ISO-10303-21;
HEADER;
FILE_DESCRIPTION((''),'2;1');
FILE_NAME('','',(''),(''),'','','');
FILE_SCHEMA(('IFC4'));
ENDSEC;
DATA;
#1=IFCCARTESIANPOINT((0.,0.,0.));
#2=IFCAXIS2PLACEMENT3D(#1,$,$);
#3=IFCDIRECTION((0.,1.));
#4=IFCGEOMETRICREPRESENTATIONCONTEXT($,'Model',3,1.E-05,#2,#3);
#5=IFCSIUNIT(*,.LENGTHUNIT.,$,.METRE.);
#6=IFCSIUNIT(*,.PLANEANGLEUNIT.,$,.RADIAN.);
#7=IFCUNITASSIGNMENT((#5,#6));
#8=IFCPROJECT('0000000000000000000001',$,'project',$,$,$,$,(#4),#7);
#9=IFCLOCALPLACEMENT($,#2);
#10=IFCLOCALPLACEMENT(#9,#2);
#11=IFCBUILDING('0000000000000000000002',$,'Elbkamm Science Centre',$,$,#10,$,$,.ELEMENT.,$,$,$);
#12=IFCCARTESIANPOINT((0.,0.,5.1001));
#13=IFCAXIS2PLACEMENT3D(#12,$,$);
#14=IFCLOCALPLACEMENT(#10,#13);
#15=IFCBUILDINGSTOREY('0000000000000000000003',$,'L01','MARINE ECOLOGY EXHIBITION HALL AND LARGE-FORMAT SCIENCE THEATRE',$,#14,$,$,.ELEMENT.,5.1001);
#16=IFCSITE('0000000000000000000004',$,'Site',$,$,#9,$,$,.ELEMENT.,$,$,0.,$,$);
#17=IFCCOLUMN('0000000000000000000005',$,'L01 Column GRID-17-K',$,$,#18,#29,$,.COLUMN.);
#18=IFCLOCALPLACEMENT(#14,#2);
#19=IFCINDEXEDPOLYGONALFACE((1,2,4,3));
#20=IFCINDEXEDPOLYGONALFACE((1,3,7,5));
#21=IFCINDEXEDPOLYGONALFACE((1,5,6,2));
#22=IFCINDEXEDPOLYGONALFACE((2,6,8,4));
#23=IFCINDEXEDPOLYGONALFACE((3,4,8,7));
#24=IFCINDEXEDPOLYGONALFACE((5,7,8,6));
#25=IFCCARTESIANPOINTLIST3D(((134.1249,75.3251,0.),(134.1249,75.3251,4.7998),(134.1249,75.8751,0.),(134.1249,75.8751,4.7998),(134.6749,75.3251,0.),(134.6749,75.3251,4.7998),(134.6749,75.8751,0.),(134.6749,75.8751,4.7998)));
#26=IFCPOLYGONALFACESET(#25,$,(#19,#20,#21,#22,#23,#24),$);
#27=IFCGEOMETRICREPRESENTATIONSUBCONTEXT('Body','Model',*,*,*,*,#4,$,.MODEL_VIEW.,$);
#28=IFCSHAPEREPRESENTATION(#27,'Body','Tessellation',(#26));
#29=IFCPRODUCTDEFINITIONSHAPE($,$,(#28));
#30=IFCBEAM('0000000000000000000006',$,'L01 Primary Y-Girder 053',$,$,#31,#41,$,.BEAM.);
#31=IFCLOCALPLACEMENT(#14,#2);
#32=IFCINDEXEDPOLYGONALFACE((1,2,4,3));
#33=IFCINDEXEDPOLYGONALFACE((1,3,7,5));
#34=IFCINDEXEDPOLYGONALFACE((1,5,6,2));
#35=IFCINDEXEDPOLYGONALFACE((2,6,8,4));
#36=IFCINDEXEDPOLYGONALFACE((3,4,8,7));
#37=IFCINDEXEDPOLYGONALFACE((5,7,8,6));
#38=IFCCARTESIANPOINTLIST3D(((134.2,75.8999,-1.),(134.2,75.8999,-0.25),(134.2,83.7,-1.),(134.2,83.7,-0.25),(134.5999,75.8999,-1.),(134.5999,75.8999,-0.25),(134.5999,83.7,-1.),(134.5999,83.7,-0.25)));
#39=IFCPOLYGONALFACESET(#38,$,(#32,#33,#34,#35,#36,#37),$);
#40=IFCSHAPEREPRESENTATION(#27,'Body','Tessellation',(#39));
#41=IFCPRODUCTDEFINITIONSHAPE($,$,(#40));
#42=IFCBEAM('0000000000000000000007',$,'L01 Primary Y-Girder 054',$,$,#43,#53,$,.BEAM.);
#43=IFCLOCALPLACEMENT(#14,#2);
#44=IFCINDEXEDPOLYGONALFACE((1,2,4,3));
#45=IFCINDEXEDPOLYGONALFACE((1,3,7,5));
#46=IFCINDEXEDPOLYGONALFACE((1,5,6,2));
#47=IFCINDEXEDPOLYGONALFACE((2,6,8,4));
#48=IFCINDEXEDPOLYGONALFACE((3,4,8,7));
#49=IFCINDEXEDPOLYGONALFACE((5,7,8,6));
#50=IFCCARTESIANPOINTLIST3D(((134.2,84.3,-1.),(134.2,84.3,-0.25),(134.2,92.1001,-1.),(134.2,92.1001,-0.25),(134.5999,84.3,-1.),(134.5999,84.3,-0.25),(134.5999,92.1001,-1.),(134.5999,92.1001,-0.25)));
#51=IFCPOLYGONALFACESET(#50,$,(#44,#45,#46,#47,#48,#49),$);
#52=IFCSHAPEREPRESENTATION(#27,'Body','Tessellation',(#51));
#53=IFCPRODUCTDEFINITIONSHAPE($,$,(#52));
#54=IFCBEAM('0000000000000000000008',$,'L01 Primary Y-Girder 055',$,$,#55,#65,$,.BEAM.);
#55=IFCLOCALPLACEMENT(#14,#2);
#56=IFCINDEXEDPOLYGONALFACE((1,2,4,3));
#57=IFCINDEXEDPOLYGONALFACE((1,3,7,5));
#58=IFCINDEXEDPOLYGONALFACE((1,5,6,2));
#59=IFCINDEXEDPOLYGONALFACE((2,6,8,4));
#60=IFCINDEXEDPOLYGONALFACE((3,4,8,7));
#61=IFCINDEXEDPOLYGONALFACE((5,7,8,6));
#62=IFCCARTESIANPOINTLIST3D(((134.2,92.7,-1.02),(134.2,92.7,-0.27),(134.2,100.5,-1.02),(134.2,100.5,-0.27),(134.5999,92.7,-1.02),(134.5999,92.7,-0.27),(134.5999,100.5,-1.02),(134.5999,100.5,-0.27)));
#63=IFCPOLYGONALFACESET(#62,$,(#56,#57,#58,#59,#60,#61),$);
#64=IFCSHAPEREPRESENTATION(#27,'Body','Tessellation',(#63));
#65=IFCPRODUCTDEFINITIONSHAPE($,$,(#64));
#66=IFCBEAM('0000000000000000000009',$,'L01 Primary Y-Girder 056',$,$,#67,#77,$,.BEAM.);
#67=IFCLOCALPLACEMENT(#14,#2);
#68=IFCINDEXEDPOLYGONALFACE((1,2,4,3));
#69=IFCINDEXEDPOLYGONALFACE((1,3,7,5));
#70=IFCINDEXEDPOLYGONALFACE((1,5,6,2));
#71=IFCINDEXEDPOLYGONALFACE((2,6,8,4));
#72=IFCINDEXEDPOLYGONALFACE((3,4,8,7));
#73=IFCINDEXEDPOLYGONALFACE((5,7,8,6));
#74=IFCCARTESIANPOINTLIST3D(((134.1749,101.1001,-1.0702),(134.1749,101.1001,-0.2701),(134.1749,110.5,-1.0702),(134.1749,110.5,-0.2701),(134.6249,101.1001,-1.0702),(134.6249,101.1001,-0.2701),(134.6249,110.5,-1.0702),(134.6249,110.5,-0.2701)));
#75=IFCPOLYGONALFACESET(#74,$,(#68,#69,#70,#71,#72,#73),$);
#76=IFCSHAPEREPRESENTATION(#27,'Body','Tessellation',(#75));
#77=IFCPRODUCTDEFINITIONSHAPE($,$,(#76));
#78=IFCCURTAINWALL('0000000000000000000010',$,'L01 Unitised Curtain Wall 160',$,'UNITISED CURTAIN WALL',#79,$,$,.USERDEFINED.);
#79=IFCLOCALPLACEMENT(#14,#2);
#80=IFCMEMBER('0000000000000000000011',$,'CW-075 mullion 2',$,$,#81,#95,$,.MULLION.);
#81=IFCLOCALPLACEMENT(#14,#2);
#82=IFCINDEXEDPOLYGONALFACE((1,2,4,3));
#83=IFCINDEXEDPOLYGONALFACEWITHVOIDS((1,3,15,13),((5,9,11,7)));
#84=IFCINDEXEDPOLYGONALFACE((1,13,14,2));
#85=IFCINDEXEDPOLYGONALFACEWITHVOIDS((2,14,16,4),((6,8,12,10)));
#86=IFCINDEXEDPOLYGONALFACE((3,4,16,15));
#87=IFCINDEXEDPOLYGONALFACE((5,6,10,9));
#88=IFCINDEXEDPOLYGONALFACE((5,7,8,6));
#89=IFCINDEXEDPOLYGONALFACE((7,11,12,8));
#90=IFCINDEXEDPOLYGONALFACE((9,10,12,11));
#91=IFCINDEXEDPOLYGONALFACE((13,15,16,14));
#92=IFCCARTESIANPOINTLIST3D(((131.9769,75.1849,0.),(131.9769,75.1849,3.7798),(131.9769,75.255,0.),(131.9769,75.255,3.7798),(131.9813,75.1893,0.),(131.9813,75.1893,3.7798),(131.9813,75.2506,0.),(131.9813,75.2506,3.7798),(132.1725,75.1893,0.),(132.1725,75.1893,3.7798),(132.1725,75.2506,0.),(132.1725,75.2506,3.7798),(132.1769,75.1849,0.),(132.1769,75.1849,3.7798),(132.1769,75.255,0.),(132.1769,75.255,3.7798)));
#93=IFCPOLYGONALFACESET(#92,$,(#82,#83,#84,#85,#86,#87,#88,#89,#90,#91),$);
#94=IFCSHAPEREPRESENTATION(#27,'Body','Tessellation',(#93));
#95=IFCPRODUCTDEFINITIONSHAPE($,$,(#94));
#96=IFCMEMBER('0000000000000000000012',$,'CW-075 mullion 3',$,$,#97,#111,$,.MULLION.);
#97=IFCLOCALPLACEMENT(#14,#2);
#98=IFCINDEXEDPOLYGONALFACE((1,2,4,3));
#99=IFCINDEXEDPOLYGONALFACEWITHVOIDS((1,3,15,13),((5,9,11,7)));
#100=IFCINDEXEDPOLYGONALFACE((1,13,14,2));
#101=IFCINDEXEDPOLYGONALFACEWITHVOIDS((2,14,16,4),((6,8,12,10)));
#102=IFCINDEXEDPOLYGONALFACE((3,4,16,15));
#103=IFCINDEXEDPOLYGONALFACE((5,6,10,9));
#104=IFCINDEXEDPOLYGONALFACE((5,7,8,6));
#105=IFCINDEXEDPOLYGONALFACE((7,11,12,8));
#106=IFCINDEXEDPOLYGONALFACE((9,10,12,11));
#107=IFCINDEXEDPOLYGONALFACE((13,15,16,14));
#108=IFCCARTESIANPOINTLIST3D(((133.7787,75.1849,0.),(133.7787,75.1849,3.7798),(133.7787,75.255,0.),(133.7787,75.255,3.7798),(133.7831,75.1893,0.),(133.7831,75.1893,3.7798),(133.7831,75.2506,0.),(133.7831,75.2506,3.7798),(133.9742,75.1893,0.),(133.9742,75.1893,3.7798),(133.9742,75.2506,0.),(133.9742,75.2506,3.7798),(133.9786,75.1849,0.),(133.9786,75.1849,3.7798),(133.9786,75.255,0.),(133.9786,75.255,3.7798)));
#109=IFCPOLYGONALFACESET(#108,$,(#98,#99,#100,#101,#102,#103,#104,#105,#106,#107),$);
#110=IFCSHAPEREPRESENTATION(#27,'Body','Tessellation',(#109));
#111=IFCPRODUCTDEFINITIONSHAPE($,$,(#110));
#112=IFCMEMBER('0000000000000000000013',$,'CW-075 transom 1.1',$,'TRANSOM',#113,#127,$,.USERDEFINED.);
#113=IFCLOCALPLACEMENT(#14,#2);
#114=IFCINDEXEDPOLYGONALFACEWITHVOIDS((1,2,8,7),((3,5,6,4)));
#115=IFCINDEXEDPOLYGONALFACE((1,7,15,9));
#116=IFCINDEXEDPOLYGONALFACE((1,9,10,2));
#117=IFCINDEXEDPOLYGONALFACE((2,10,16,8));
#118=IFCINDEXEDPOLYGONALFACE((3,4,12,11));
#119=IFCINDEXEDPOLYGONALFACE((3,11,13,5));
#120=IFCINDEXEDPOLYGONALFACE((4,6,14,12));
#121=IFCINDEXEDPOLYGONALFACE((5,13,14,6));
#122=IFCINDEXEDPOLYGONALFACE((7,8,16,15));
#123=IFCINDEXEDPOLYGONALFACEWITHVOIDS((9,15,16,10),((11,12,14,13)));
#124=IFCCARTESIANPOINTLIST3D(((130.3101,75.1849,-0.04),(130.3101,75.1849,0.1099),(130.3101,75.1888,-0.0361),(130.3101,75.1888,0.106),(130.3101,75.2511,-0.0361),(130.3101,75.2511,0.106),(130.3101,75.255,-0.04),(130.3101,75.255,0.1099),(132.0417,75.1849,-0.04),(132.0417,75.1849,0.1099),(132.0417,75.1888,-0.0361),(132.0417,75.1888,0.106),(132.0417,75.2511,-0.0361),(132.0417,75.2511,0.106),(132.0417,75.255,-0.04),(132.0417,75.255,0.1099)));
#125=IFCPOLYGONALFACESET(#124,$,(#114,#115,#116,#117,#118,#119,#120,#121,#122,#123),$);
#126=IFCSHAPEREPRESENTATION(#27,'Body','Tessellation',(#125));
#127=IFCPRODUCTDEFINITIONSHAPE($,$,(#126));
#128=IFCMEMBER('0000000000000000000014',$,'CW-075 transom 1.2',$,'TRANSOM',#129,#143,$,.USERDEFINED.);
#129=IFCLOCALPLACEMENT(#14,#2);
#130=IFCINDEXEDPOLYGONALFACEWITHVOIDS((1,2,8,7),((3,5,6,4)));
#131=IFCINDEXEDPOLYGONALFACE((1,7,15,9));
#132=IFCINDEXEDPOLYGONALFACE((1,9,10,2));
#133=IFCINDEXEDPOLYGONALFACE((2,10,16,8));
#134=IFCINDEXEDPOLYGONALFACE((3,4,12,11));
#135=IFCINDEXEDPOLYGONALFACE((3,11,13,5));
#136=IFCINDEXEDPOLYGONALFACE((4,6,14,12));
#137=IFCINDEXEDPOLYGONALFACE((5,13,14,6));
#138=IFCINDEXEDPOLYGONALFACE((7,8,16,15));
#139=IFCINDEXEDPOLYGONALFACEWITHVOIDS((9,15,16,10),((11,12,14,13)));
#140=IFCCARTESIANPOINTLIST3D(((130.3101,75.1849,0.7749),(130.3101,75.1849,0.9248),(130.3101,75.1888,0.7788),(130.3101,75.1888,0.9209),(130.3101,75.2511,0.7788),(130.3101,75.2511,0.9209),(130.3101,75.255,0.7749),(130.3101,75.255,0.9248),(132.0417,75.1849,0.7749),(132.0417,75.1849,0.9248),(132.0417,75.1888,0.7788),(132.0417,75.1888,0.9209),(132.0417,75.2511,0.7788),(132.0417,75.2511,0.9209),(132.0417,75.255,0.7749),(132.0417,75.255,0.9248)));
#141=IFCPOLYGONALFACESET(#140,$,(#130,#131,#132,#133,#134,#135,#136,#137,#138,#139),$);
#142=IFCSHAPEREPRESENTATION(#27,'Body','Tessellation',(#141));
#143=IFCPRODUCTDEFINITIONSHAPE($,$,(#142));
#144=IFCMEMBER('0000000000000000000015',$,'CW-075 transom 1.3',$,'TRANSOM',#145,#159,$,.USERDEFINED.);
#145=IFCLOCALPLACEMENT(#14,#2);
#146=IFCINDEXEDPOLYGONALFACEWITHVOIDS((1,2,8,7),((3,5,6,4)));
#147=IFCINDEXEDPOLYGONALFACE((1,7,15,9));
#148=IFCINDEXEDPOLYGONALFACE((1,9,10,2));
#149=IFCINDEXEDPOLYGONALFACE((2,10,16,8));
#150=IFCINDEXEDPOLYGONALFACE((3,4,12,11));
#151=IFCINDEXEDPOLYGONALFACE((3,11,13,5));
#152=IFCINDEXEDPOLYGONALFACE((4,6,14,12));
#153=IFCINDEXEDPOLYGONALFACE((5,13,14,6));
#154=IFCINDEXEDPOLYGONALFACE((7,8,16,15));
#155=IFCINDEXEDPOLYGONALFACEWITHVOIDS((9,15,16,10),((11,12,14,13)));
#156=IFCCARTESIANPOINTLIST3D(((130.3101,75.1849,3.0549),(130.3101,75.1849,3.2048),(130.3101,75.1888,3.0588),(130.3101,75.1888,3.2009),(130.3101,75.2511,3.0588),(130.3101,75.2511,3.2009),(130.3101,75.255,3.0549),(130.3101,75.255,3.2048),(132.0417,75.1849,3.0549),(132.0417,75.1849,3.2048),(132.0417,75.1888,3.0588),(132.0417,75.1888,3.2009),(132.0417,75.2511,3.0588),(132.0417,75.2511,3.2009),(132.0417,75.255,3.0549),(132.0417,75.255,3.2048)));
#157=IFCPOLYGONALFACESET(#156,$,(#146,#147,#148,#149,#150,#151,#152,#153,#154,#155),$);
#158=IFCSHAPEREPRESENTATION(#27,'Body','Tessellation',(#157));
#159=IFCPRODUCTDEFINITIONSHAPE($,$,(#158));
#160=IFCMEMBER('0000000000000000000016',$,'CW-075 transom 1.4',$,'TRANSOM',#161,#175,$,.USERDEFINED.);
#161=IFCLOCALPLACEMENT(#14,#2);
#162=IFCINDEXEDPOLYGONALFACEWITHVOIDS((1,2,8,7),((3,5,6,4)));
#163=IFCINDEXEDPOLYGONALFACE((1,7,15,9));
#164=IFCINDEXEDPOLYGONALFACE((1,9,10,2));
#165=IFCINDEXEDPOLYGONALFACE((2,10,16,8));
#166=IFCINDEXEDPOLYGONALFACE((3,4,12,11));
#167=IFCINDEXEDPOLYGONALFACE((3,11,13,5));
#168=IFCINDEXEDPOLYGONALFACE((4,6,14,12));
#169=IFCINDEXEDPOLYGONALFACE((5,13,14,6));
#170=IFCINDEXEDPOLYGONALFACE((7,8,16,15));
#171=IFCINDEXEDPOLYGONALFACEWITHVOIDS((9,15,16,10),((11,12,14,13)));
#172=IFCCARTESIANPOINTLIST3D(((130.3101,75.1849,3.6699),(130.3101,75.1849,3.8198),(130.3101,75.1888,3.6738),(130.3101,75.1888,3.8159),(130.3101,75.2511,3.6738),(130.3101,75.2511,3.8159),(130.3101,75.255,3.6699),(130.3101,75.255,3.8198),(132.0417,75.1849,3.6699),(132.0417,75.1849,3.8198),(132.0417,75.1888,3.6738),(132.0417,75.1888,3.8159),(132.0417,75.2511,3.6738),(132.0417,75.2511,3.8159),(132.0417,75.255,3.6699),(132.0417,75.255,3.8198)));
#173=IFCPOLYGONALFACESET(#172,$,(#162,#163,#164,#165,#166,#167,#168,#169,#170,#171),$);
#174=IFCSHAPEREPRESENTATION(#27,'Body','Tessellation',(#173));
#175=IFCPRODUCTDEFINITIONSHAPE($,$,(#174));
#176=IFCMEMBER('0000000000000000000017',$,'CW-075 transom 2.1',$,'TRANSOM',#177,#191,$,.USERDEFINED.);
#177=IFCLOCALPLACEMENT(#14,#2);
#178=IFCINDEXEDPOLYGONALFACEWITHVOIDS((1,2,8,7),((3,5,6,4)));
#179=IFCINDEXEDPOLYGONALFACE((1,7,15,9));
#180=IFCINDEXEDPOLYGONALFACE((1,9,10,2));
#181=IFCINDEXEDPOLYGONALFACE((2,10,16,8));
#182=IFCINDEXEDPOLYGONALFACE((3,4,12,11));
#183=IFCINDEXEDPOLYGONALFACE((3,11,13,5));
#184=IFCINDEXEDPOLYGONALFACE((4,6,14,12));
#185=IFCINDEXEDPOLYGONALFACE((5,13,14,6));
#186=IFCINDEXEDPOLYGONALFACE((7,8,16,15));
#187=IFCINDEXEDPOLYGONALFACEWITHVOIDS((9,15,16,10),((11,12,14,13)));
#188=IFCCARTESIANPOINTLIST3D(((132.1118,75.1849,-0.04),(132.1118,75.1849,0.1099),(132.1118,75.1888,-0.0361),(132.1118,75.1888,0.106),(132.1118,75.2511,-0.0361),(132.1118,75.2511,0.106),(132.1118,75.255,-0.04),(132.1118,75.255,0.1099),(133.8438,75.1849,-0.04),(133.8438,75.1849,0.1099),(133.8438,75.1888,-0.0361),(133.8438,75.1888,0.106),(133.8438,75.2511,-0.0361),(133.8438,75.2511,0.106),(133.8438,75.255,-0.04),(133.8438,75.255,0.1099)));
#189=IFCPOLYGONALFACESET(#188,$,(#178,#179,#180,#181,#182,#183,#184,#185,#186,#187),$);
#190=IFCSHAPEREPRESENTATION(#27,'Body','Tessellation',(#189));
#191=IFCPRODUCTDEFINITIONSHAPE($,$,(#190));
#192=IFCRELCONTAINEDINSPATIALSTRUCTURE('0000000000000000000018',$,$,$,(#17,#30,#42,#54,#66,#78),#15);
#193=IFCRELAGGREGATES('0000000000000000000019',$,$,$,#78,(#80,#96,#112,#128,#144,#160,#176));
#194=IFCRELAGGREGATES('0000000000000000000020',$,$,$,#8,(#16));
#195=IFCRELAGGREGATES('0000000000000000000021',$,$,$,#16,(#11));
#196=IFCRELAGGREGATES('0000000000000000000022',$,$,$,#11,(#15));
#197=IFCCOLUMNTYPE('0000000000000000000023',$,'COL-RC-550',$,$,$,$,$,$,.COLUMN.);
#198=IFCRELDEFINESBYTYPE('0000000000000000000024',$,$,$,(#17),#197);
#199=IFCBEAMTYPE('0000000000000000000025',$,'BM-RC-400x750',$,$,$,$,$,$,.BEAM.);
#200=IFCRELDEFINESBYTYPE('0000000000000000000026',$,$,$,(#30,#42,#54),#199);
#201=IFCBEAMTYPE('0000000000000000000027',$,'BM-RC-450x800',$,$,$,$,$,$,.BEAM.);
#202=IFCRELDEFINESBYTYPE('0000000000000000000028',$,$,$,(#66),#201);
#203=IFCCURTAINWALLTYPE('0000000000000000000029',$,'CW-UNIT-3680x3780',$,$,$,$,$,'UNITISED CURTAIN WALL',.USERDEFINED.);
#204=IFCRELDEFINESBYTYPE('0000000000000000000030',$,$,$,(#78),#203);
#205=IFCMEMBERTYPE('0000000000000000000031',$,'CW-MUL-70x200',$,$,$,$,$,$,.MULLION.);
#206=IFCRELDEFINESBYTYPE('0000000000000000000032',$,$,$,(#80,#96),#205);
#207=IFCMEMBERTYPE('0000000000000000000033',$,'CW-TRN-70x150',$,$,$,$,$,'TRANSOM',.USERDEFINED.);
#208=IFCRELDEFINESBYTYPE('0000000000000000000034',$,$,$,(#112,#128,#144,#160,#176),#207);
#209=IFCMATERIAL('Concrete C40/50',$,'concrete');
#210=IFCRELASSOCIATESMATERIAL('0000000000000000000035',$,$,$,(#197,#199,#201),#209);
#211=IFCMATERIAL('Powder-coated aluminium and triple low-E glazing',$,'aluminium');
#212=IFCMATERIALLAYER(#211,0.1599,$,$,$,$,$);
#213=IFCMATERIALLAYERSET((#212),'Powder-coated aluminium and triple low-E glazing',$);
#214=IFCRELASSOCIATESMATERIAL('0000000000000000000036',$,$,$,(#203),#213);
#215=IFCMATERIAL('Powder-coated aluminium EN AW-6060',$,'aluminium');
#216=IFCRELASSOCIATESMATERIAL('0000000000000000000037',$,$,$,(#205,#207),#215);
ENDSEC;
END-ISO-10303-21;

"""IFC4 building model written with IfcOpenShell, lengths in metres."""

from ifc_helpers import new_model, si_unit, direction, frame, origin, origin_2d, place, context, subcontext, project, spatial, rectangle, hollow_rectangle, extrude, material, layer, layer_set, material_profile, profile_set, type_object, element, aggregate, save


model = new_model("IFC4")

# Units and contexts
model_context = context("Model", 3, precision=1e-05, world=origin(), true_north=direction((0.0, 1.0)))
body_context = subcontext(model_context, "Body", "Model", "MODEL_VIEW")
ifc_project = project(units=[si_unit("LENGTHUNIT", "METRE"), si_unit("PLANEANGLEUNIT", "RADIAN")], contexts=[model_context])

# Site, building, storey
site_placement = place(None, origin())
site = spatial("IfcSite", under=ifc_project, at=site_placement, Name="Site", CompositionType="ELEMENT", RefElevation=0.0)
building_placement = place(site_placement, origin())
building = spatial("IfcBuilding", under=site, at=building_placement, Name="Elbkamm Science Centre", CompositionType="ELEMENT")
storey_placement = place(building_placement, frame((0.0, 0.0, 5.1001)))
storey = spatial("IfcBuildingStorey", under=building, at=storey_placement, Name="L01", Description="MARINE ECOLOGY EXHIBITION HALL AND LARGE-FORMAT SCIENCE THEATRE", CompositionType="ELEMENT", Elevation=5.1001)

# Column
ifc_material_1 = material(Name="Concrete C40/50", Category="concrete")
ifc_material_profile_1 = material_profile(ifc_material_1, rectangle(XDim=0.55, YDim=0.55, at=origin_2d()), Name="RC 550x550")
ifc_profile_set_1 = profile_set([ifc_material_profile_1], Name="Concrete C40/50")
column_type = type_object("IfcColumnType", Name="COL-RC-550", PredefinedType="COLUMN", material=ifc_profile_set_1)
column_placement = place(storey_placement, frame((134.3999, 75.6001, 0.0), z_axis=(0.0, 0.0, 1.0), x_axis=(1.0, 0.0, 0.0)))
element("IfcColumn", 1, at=column_placement, inside=storey, type_object=column_type, Name="L01 Column GRID-17-K", PredefinedType="COLUMN", context=body_context, shape_type="SweptSolid", body=[
    extrude(rectangle(XDim=0.55, YDim=0.55, at=origin_2d()), origin(), (0.0, 0.0, 1.0), 4.7998),
])

# Beams
ifc_material_profile_2 = material_profile(ifc_material_1, rectangle(XDim=0.3999, YDim=0.75, at=origin_2d()), Name="RC 400x750")
ifc_profile_set_2 = profile_set([ifc_material_profile_2], Name="Concrete C40/50")
beam_type_1 = type_object("IfcBeamType", Name="BM-RC-400x750", PredefinedType="BEAM", material=ifc_profile_set_2)
for number, where, z_axis, x_axis, name in (
    (2, (134.3999, 75.8999, -0.625), (0.0, 1.0, 0.0), (-1.0, 0.0, 0.0), "L01 Primary Y-Girder 053"),
    (3, (134.3999, 84.3, -0.625), (0.0, 1.0, 0.0), (-1.0, 0.0, 0.0), "L01 Primary Y-Girder 054"),
    (4, (134.3999, 92.7, -0.645), (0.0, 1.0, 0.0), (-1.0, 0.0, 0.0), "L01 Primary Y-Girder 055"),
):
    element("IfcBeam", number, at=place(storey_placement, frame(where, z_axis=z_axis, x_axis=x_axis)), inside=storey, type_object=beam_type_1, Name=name, PredefinedType="BEAM", context=body_context, shape_type="SweptSolid", body=[
        extrude(rectangle(XDim=0.3999, YDim=0.75, at=origin_2d()), origin(), (0.0, 0.0, 1.0), 7.8),
    ])
ifc_material_profile_3 = material_profile(ifc_material_1, rectangle(XDim=0.45, YDim=0.8, at=origin_2d()), Name="RC 450x800")
ifc_profile_set_3 = profile_set([ifc_material_profile_3], Name="Concrete C40/50")
beam_type_2 = type_object("IfcBeamType", Name="BM-RC-450x800", PredefinedType="BEAM", material=ifc_profile_set_3)
beam_placement = place(storey_placement, frame((134.3999, 101.1001, -0.6702), z_axis=(0.0, 1.0, 0.0), x_axis=(-1.0, 0.0, 0.0)))
element("IfcBeam", 5, at=beam_placement, inside=storey, type_object=beam_type_2, Name="L01 Primary Y-Girder 056", PredefinedType="BEAM", context=body_context, shape_type="SweptSolid", body=[
    extrude(rectangle(XDim=0.45, YDim=0.8, at=origin_2d()), origin(), (0.0, 0.0, 1.0), 9.3999),
])

# Curtain wall, members
ifc_material_2 = material(Name="Powder-coated aluminium and triple low-E glazing", Category="aluminium")
ifc_layer_1 = layer(ifc_material_2, 0.1599)
ifc_layer_set_1 = layer_set([ifc_layer_1], Name="Powder-coated aluminium and triple low-E glazing")
curtain_wall_type = type_object("IfcCurtainWallType", Name="CW-UNIT-3680x3780", ElementType="UNITISED CURTAIN WALL", PredefinedType="USERDEFINED", material=ifc_layer_set_1)
curtain_wall_placement = place(storey_placement, origin())
curtain_wall = element("IfcCurtainWall", 6, at=curtain_wall_placement, inside=storey, type_object=curtain_wall_type, Name="L01 Unitised Curtain Wall 160", ObjectType="UNITISED CURTAIN WALL", PredefinedType="USERDEFINED")
ifc_material_3 = material(Name="Powder-coated aluminium EN AW-6060", Category="aluminium")
ifc_material_profile_4 = material_profile(ifc_material_3, hollow_rectangle(XDim=0.0701, YDim=0.2, WallThickness=0.0044, at=origin_2d()), Name="ALU M70x200")
ifc_profile_set_4 = profile_set([ifc_material_profile_4], Name="Powder-coated aluminium EN AW-6060")
member_type_1 = type_object("IfcMemberType", Name="CW-MUL-70x200", PredefinedType="MULLION", material=ifc_profile_set_4)
member_1_placement = place(storey_placement, frame((132.0769, 75.22, 0.0), z_axis=(0.0, 0.0, 1.0), x_axis=(0.0, 1.0, 0.0)))
member_1 = element("IfcMember", 7, at=member_1_placement, type_object=member_type_1, Name="CW-075 mullion 2", PredefinedType="MULLION", context=body_context, shape_type="SweptSolid", body=[
    extrude(hollow_rectangle(XDim=0.0701, YDim=0.2, WallThickness=0.0044, at=origin_2d()), origin(), (0.0, 0.0, 1.0), 3.7798),
])
member_2_placement = place(storey_placement, frame((133.8787, 75.22, 0.0), z_axis=(0.0, 0.0, 1.0), x_axis=(0.0, 1.0, 0.0)))
member_2 = element("IfcMember", 8, at=member_2_placement, type_object=member_type_1, Name="CW-075 mullion 3", PredefinedType="MULLION", context=body_context, shape_type="SweptSolid", body=[
    extrude(hollow_rectangle(XDim=0.0701, YDim=0.2, WallThickness=0.0044, at=origin_2d()), origin(), (0.0, 0.0, 1.0), 3.7798),
])
ifc_material_profile_5 = material_profile(ifc_material_3, hollow_rectangle(XDim=0.0701, YDim=0.1499, WallThickness=0.0039, at=origin_2d()), Name="ALU T70x150")
ifc_profile_set_5 = profile_set([ifc_material_profile_5], Name="Powder-coated aluminium EN AW-6060")
member_type_2 = type_object("IfcMemberType", Name="CW-TRN-70x150", ElementType="TRANSOM", PredefinedType="USERDEFINED", material=ifc_profile_set_5)
member_3_placement = place(storey_placement, frame((130.3101, 75.22, 0.0349), z_axis=(1.0, 0.0, 0.0), x_axis=(0.0, 1.0, 0.0)))
member_3 = element("IfcMember", 9, at=member_3_placement, type_object=member_type_2, Name="CW-075 transom 1.1", ObjectType="TRANSOM", PredefinedType="USERDEFINED", context=body_context, shape_type="SweptSolid", body=[
    extrude(hollow_rectangle(XDim=0.0701, YDim=0.1499, WallThickness=0.0039, at=origin_2d()), origin(), (0.0, 0.0, 1.0), 1.7317),
])
member_4_placement = place(storey_placement, frame((130.3101, 75.22, 0.8499), z_axis=(1.0, 0.0, 0.0), x_axis=(0.0, 1.0, 0.0)))
member_4 = element("IfcMember", 10, at=member_4_placement, type_object=member_type_2, Name="CW-075 transom 1.2", ObjectType="TRANSOM", PredefinedType="USERDEFINED", context=body_context, shape_type="SweptSolid", body=[
    extrude(hollow_rectangle(XDim=0.0701, YDim=0.1499, WallThickness=0.0039, at=origin_2d()), origin(), (0.0, 0.0, 1.0), 1.7317),
])
member_5_placement = place(storey_placement, frame((130.3101, 75.22, 3.1299), z_axis=(1.0, 0.0, 0.0), x_axis=(0.0, 1.0, 0.0)))
member_5 = element("IfcMember", 11, at=member_5_placement, type_object=member_type_2, Name="CW-075 transom 1.3", ObjectType="TRANSOM", PredefinedType="USERDEFINED", context=body_context, shape_type="SweptSolid", body=[
    extrude(hollow_rectangle(XDim=0.0701, YDim=0.1499, WallThickness=0.0039, at=origin_2d()), origin(), (0.0, 0.0, 1.0), 1.7317),
])
member_6_placement = place(storey_placement, frame((130.3101, 75.22, 3.7449), z_axis=(1.0, 0.0, 0.0), x_axis=(0.0, 1.0, 0.0)))
member_6 = element("IfcMember", 12, at=member_6_placement, type_object=member_type_2, Name="CW-075 transom 1.4", ObjectType="TRANSOM", PredefinedType="USERDEFINED", context=body_context, shape_type="SweptSolid", body=[
    extrude(hollow_rectangle(XDim=0.0701, YDim=0.1499, WallThickness=0.0039, at=origin_2d()), origin(), (0.0, 0.0, 1.0), 1.7317),
])
member_7_placement = place(storey_placement, frame((132.1118, 75.22, 0.0349), z_axis=(1.0, 0.0, 0.0), x_axis=(0.0, 1.0, 0.0)))
member_7 = element("IfcMember", 13, at=member_7_placement, type_object=member_type_2, Name="CW-075 transom 2.1", ObjectType="TRANSOM", PredefinedType="USERDEFINED", context=body_context, shape_type="SweptSolid", body=[
    extrude(hollow_rectangle(XDim=0.0701, YDim=0.1499, WallThickness=0.0039, at=origin_2d()), origin(), (0.0, 0.0, 1.0), 1.7319),
])

aggregate(curtain_wall, [member_1, member_2, member_3, member_4, member_5, member_6, member_7])

save(model, "model.ifc")
